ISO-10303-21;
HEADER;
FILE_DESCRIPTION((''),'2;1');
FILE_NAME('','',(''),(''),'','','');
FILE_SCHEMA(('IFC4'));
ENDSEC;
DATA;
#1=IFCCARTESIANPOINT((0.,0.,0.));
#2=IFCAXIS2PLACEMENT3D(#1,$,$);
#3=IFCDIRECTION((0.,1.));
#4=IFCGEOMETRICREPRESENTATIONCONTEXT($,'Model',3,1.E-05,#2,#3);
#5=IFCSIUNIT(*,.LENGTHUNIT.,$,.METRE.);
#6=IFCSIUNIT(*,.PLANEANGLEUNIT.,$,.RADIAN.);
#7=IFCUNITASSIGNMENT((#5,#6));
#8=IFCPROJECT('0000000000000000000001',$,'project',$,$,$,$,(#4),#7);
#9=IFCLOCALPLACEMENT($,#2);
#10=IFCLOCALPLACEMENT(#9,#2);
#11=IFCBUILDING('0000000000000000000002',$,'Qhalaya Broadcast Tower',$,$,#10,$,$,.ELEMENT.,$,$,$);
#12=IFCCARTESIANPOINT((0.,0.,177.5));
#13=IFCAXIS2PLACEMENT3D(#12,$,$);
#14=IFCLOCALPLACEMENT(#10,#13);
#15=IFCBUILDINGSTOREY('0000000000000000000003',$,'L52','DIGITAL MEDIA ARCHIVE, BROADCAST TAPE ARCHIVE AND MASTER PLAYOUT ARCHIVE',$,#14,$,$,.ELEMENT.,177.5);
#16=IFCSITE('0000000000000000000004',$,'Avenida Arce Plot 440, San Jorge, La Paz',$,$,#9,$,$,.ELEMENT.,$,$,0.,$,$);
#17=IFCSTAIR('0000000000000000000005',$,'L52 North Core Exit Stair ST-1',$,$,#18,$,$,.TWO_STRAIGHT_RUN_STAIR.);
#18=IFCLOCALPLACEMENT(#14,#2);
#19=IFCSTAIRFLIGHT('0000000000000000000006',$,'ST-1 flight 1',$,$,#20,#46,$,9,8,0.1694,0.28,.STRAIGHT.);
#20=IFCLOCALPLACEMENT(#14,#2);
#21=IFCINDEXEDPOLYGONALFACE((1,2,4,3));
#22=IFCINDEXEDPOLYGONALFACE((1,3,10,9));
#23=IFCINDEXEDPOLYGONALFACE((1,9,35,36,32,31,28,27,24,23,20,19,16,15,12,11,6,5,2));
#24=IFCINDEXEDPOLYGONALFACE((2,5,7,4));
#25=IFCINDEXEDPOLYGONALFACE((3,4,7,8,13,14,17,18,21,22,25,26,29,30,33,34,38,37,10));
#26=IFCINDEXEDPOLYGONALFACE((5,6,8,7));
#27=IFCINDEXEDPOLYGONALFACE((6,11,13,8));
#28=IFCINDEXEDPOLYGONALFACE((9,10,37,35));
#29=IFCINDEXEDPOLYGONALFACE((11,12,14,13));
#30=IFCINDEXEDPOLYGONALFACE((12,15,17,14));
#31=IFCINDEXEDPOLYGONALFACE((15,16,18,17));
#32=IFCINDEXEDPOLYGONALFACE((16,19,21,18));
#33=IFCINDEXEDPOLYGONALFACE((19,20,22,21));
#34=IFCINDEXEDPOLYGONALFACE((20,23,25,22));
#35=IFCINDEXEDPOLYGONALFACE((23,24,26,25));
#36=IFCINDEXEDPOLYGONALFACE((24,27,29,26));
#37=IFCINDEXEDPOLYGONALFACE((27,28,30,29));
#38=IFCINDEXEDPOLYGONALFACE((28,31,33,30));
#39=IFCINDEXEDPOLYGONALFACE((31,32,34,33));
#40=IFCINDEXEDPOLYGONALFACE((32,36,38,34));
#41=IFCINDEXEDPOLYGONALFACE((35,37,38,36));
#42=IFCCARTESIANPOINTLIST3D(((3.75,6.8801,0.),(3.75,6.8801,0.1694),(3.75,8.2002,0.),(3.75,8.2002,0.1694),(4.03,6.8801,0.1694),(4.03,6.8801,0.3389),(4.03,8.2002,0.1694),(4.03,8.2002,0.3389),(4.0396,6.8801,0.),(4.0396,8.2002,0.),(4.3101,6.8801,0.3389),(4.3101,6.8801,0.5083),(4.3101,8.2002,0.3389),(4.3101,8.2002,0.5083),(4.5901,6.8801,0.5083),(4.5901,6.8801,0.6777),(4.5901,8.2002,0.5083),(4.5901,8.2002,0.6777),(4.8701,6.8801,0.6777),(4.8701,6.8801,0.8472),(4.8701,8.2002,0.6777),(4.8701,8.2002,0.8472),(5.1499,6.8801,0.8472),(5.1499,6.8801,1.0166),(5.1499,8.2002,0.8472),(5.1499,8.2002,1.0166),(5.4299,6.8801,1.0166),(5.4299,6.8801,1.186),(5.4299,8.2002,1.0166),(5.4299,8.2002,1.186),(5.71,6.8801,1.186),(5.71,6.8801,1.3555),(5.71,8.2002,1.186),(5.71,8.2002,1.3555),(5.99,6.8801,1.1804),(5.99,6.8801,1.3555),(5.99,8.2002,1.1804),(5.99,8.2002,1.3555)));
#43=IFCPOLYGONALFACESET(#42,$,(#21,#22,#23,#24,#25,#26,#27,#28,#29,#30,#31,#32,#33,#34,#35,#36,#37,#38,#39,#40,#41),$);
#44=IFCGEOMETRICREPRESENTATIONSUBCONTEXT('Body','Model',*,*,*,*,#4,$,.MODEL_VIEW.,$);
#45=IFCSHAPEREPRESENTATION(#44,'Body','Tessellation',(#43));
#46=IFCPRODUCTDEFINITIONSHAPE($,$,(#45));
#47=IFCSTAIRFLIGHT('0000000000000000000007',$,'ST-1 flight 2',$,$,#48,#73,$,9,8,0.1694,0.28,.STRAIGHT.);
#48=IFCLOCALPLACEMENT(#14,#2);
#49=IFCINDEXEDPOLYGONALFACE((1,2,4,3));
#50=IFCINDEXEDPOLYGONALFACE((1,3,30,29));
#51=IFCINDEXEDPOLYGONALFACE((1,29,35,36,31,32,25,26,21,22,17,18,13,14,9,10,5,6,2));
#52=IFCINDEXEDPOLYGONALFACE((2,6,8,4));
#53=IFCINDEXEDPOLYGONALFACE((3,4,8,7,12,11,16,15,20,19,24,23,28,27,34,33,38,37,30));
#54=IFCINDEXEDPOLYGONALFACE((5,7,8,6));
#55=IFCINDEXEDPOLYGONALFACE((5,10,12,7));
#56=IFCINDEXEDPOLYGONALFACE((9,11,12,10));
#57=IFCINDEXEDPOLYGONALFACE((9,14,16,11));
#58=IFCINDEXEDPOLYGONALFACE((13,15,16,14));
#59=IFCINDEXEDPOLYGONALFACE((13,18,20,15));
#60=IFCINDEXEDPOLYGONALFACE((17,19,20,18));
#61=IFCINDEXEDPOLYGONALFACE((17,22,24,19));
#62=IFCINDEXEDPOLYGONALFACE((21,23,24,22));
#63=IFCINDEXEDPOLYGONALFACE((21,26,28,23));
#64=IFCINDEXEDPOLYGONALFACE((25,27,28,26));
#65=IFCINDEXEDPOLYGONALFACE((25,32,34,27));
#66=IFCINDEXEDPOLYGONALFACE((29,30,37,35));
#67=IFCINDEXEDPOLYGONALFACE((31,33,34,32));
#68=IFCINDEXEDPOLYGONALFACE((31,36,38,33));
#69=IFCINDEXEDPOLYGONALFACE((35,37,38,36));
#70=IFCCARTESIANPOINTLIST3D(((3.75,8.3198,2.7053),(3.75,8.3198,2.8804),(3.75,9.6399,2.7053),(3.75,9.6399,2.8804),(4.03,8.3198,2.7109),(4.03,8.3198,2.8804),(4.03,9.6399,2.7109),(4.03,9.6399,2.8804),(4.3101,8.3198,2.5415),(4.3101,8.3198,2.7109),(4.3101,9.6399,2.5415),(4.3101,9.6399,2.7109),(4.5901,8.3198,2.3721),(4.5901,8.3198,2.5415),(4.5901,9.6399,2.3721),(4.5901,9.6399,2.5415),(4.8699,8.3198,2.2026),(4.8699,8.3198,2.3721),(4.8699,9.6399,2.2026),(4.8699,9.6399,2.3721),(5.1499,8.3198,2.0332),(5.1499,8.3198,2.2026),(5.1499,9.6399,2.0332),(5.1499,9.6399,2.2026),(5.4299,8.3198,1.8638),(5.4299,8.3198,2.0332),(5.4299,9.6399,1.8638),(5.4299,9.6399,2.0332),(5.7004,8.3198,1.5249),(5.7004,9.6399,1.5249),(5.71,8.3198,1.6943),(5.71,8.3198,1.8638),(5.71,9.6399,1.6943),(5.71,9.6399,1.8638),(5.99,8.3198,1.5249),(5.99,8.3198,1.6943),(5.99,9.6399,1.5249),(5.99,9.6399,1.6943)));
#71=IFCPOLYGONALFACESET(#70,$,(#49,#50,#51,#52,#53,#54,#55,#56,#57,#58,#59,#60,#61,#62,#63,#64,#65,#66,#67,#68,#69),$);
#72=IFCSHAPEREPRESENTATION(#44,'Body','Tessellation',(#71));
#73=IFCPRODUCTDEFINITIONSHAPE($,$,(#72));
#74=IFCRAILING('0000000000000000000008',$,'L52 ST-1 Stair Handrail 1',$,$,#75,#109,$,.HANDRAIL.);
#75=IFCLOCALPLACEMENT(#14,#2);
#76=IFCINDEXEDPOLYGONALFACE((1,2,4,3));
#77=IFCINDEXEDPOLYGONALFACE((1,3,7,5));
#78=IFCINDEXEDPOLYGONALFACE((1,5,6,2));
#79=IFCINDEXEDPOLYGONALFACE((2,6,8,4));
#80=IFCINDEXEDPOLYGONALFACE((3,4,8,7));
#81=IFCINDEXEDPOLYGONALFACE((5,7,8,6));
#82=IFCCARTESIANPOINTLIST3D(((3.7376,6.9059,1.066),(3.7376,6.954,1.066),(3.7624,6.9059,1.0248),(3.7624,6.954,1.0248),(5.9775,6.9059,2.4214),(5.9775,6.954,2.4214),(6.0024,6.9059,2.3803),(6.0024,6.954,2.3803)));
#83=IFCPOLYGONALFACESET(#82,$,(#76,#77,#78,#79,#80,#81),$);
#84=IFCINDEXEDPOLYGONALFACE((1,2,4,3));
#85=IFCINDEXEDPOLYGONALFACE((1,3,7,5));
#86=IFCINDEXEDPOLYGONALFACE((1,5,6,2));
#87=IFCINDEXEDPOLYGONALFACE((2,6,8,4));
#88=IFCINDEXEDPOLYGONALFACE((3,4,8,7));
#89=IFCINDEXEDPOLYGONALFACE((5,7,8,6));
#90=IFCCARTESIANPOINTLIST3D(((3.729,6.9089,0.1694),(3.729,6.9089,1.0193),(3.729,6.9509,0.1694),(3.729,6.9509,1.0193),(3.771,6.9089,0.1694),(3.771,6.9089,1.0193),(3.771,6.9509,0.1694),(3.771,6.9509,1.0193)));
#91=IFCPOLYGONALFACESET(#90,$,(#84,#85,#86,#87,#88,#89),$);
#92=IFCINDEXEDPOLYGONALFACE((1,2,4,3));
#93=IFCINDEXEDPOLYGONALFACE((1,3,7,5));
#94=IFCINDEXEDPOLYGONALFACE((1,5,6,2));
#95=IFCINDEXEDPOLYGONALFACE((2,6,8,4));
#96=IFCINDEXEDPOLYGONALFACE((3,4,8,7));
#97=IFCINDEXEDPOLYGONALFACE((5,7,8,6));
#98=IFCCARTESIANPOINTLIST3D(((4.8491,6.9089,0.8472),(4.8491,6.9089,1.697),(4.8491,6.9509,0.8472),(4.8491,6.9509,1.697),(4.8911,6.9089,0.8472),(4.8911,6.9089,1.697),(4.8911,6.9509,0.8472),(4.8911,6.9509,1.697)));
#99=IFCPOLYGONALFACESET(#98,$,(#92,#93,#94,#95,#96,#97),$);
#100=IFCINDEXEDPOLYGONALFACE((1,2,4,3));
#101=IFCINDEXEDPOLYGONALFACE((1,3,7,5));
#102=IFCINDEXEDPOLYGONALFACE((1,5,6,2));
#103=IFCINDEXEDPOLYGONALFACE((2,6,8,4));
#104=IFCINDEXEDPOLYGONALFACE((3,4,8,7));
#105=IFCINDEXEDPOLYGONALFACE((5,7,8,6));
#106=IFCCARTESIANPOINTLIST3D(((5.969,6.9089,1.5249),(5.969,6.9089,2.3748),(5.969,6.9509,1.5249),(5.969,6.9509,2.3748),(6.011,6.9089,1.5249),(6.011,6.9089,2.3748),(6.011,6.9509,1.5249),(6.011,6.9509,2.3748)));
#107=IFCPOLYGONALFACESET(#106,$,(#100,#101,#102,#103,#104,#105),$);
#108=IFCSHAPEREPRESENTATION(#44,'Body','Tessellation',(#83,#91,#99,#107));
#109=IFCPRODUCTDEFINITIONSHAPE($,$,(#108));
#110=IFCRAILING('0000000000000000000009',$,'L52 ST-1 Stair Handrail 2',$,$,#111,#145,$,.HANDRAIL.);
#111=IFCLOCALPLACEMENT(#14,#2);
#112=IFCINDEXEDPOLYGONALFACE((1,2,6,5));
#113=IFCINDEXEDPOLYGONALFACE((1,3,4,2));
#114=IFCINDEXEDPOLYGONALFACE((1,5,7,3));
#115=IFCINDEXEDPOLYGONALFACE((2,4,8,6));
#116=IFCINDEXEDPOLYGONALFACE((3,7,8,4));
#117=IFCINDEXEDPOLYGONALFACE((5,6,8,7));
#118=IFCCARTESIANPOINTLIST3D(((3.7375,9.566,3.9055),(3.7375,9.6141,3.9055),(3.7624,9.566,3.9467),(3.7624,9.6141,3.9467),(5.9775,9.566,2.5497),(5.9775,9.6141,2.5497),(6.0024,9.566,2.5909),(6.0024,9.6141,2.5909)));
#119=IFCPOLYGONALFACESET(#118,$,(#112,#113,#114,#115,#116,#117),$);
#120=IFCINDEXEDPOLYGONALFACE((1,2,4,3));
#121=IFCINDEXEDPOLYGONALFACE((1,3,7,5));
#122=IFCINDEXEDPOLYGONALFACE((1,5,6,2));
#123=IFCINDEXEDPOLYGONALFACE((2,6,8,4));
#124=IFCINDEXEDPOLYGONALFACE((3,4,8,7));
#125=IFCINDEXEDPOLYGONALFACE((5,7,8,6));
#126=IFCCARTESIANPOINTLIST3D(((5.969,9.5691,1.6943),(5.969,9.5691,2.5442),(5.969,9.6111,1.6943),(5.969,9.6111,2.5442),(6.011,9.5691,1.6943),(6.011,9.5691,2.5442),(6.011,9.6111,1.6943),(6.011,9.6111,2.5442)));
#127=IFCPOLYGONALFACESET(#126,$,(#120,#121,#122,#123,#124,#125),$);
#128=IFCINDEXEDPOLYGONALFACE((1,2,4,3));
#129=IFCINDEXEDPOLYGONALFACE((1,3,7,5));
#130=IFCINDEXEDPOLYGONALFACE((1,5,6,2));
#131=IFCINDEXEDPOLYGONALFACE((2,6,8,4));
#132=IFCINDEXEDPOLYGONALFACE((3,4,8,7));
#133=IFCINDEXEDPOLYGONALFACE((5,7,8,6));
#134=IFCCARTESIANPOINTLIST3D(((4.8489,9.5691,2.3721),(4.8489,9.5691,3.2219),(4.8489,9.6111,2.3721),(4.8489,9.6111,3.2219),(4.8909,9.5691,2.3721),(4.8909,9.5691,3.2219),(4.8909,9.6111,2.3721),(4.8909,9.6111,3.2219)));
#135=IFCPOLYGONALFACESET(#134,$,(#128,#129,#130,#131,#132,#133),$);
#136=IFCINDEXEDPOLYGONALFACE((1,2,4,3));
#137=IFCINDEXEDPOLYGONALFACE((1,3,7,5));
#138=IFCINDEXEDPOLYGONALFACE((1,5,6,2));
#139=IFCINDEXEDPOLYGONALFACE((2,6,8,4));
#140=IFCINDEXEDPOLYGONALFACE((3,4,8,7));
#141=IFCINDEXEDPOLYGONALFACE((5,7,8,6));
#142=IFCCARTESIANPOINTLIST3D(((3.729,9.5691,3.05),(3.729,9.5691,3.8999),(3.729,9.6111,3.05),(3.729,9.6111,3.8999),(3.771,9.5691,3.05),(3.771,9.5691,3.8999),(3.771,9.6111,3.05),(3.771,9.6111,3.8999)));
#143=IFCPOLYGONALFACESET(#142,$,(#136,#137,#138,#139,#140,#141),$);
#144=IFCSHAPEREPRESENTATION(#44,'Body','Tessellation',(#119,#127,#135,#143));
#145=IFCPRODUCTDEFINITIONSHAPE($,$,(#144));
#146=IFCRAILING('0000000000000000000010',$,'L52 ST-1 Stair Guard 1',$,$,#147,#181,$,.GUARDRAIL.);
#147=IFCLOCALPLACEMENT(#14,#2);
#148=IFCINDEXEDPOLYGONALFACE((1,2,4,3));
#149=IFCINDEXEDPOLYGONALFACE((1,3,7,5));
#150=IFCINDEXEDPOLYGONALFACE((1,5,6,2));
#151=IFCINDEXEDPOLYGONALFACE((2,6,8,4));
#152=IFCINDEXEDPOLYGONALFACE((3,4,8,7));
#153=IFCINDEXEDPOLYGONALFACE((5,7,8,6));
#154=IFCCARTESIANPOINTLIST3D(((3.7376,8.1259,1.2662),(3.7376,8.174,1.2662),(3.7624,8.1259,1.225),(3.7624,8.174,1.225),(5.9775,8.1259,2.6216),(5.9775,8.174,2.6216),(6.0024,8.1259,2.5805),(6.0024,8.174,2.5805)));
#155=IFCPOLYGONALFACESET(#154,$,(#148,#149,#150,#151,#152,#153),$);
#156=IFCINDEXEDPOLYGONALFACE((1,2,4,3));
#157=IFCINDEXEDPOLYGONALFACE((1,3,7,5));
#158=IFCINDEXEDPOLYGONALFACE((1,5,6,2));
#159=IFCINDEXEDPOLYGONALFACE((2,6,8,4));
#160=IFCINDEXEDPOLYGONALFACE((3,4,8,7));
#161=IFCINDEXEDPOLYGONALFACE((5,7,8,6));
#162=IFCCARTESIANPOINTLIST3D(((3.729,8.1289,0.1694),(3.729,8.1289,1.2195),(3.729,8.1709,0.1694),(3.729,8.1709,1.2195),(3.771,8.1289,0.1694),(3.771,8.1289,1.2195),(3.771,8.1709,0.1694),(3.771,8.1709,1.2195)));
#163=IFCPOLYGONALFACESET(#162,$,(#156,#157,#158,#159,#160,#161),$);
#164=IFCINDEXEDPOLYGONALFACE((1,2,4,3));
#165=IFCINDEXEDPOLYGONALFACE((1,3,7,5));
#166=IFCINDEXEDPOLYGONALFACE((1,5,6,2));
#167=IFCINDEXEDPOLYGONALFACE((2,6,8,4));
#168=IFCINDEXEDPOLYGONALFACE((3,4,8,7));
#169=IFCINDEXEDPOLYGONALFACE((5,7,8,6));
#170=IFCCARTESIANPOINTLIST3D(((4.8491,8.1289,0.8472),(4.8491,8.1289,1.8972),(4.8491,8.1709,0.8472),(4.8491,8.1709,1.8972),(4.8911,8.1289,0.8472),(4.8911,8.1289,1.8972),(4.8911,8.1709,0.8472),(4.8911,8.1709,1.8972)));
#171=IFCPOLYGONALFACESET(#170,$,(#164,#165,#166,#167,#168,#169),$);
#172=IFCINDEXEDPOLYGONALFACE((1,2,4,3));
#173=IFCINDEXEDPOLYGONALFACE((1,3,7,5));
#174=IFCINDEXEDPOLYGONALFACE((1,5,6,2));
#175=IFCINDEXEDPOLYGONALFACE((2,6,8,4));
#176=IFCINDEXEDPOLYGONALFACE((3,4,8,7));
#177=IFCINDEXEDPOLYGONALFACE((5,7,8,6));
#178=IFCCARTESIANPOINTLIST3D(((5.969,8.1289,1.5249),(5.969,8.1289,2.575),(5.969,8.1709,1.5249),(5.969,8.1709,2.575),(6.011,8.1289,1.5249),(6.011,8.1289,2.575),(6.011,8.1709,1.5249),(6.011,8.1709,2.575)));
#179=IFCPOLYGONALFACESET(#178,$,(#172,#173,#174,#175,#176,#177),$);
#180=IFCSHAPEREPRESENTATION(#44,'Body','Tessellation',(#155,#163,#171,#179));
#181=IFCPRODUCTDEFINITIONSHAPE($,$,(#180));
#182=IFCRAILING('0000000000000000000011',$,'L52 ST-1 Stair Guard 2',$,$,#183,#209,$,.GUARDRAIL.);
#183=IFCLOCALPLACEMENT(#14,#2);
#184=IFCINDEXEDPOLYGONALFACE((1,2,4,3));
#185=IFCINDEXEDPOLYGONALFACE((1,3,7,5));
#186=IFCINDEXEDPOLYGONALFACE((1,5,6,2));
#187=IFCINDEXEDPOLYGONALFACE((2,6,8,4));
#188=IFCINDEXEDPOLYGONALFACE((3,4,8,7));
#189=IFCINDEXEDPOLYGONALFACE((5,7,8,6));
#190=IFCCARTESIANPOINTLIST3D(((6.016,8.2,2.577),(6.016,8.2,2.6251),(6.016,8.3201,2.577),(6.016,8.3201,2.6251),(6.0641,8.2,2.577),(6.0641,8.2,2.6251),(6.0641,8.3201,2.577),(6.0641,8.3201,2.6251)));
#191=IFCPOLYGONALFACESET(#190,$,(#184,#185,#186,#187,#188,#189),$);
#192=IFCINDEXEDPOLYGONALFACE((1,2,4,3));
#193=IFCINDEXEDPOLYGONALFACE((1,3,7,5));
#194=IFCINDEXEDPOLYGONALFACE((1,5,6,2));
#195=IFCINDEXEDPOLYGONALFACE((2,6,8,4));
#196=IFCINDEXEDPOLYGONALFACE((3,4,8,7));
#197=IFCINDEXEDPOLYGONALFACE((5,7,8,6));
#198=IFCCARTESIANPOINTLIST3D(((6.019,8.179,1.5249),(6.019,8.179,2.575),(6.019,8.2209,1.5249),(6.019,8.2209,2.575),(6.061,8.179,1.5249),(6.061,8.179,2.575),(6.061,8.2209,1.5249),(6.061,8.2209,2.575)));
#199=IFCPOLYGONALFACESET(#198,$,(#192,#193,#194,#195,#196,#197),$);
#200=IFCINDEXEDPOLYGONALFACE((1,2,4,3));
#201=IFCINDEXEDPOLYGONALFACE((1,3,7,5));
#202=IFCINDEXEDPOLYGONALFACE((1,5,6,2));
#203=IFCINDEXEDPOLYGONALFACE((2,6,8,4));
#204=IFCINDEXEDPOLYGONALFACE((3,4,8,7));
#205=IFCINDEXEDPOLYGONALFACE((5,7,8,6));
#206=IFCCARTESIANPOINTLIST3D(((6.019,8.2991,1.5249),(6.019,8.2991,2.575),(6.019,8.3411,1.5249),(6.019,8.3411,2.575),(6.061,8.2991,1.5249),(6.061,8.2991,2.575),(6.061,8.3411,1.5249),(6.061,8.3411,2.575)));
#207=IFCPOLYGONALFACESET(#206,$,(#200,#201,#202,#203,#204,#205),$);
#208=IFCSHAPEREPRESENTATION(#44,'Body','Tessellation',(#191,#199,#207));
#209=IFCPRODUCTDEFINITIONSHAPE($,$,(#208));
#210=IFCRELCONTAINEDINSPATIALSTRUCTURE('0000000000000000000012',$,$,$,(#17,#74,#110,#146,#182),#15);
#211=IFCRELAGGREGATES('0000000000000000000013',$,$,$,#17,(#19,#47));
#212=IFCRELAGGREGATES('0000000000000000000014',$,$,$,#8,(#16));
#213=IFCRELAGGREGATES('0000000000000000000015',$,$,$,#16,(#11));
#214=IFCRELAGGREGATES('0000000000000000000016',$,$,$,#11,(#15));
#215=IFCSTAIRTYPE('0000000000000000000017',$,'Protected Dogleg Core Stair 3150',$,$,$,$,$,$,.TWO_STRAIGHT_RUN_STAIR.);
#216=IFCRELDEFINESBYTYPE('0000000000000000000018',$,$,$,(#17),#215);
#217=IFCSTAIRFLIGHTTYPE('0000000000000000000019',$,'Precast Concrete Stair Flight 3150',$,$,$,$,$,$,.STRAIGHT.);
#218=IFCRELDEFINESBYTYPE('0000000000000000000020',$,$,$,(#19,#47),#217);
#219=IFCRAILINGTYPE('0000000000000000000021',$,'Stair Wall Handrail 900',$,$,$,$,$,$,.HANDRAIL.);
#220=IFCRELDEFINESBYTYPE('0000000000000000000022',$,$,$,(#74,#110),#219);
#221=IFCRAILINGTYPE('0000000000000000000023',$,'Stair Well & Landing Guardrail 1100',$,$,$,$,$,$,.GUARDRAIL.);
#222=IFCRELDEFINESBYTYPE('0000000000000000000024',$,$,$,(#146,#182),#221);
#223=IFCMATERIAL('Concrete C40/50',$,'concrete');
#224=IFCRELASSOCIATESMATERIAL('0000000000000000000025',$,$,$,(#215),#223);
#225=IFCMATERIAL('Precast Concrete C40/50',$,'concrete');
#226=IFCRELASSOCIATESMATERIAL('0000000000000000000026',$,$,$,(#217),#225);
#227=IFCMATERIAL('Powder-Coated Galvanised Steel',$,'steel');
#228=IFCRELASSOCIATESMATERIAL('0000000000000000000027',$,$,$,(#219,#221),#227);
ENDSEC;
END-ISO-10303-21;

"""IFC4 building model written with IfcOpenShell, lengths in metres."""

from ifc_helpers import new_model, si_unit, direction, frame, origin, origin_2d, place, context, subcontext, project, spatial, polyline, rectangle, outline, extrude, material, type_object, element, aggregate, save


model = new_model("IFC4")

# Units and contexts
model_context = context("Model", 3, precision=1e-05, world=origin(), true_north=direction((0.0, 1.0)))
body_context = subcontext(model_context, "Body", "Model", "MODEL_VIEW")
ifc_project = project(units=[si_unit("LENGTHUNIT", "METRE"), si_unit("PLANEANGLEUNIT", "RADIAN")], contexts=[model_context])

# Site, building, storey
site_placement = place(None, origin())
site = spatial("IfcSite", under=ifc_project, at=site_placement, Name="Avenida Arce Plot 440, San Jorge, La Paz", CompositionType="ELEMENT", RefElevation=0.0)
building_placement = place(site_placement, origin())
building = spatial("IfcBuilding", under=site, at=building_placement, Name="Qhalaya Broadcast Tower", CompositionType="ELEMENT")
storey_placement = place(building_placement, frame((0.0, 0.0, 177.5)))
storey = spatial("IfcBuildingStorey", under=building, at=storey_placement, Name="L52", Description="DIGITAL MEDIA ARCHIVE, BROADCAST TAPE ARCHIVE AND MASTER PLAYOUT ARCHIVE", CompositionType="ELEMENT", Elevation=177.5)

# Stair, stair flights
ifc_material_1 = material(Name="Concrete C40/50", Category="concrete")
stair_type = type_object("IfcStairType", Name="Protected Dogleg Core Stair 3150", PredefinedType="TWO_STRAIGHT_RUN_STAIR", material=ifc_material_1)
stair_placement = place(storey_placement, origin())
stair = element("IfcStair", 1, at=stair_placement, inside=storey, type_object=stair_type, Name="L52 North Core Exit Stair ST-1", PredefinedType="TWO_STRAIGHT_RUN_STAIR")
ifc_material_2 = material(Name="Precast Concrete C40/50", Category="concrete")
stair_flight_type = type_object("IfcStairFlightType", Name="Precast Concrete Stair Flight 3150", PredefinedType="STRAIGHT", material=ifc_material_2)
stair_flight_1_placement = place(storey_placement, frame((3.75, 7.54, 0.0), z_axis=(0.0, 0.0, 1.0), x_axis=(1.0, 0.0, 0.0)))
stair_flight_1 = element("IfcStairFlight", 2, at=stair_flight_1_placement, type_object=stair_flight_type, Name="ST-1 flight 1", NumberOfRisers=9, NumberOfTreads=8, PredefinedType="STRAIGHT", RiserHeight=0.1694, TreadLength=0.28, context=body_context, shape_type="SweptSolid", body=[
    extrude(outline(polyline([(0.0, 0.0), (0.0, 0.1694), (0.28, 0.1694), (0.28, 0.3389), (0.5601, 0.3389), (0.5601, 0.5083), (0.8401, 0.5083), (0.8401, 0.6777), (1.1201, 0.6777), (1.1201, 0.8472), (1.3999, 0.8472), (1.3999, 1.0166), (1.6799, 1.0166), (1.6799, 1.186), (1.96, 1.186), (1.96, 1.3555), (2.24, 1.3555), (2.24, 1.5249), (2.24, 1.1804), (0.2896, 0.0), (0.0, 0.0)])), frame((0.0, 0.6602, 0.0), z_axis=(0.0, -1.0, 0.0), x_axis=(1.0, 0.0, 0.0)), (0.0, 0.0, 1.0), 1.3201),
])
stair_flight_2_placement = place(storey_placement, frame((5.99, 8.98, 1.5249), z_axis=(0.0, 0.0, 1.0), x_axis=(-1.0, 0.0, 0.0)))
stair_flight_2 = element("IfcStairFlight", 3, at=stair_flight_2_placement, type_object=stair_flight_type, Name="ST-1 flight 2", NumberOfRisers=9, NumberOfTreads=8, PredefinedType="STRAIGHT", RiserHeight=0.1694, TreadLength=0.28, context=body_context, shape_type="SweptSolid", body=[
    extrude(outline(polyline([(0.0, 0.0), (0.0, 0.1694), (0.28, 0.1694), (0.28, 0.3389), (0.5601, 0.3389), (0.5601, 0.5083), (0.8401, 0.5083), (0.8401, 0.6777), (1.1201, 0.6777), (1.1201, 0.8472), (1.3999, 0.8472), (1.3999, 1.0166), (1.6799, 1.0166), (1.6799, 1.186), (1.96, 1.186), (1.96, 1.3555), (2.24, 1.3555), (2.24, 1.5249), (2.24, 1.1804), (0.2896, 0.0), (0.0, 0.0)])), frame((0.0, 0.6602, 0.0), z_axis=(0.0, -1.0, 0.0), x_axis=(1.0, 0.0, 0.0)), (0.0, 0.0, 1.0), 1.3201),
])
aggregate(stair, [stair_flight_1, stair_flight_2])

# Railings
ifc_material_3 = material(Name="Powder-Coated Galvanised Steel", Category="steel")
railing_type_1 = type_object("IfcRailingType", Name="Stair Wall Handrail 900", PredefinedType="HANDRAIL", material=ifc_material_3)
railing_1_placement = place(storey_placement, frame((3.75, 6.9299, 0.1694)))
element("IfcRailing", 4, at=railing_1_placement, inside=storey, type_object=railing_type_1, Name="L52 ST-1 Stair Handrail 1", PredefinedType="HANDRAIL", context=body_context, shape_type="SweptSolid", body=[
    extrude(rectangle(XDim=0.0481, YDim=0.0481, at=origin_2d()), frame((0.0, 0.0, 0.876), z_axis=(0.855553, 0.0, 0.517715), x_axis=(0.0, 1.0, 0.0)), (0.0, 0.0, 1.0), 2.6182),
    extrude(rectangle(XDim=0.042, YDim=0.042, at=origin_2d()), origin(), (0.0, 0.0, 1.0), 0.8499),
    extrude(rectangle(XDim=0.042, YDim=0.042, at=origin_2d()), frame((1.1201, 0.0, 0.6777)), (0.0, 0.0, 1.0), 0.8499),
    extrude(rectangle(XDim=0.042, YDim=0.042, at=origin_2d()), frame((2.24, 0.0, 1.3555)), (0.0, 0.0, 1.0), 0.8499),
])
railing_2_placement = place(storey_placement, frame((5.99, 9.5901, 1.6943)))
element("IfcRailing", 5, at=railing_2_placement, inside=storey, type_object=railing_type_1, Name="L52 ST-1 Stair Handrail 2", PredefinedType="HANDRAIL", context=body_context, shape_type="SweptSolid", body=[
    extrude(rectangle(XDim=0.0481, YDim=0.0481, at=origin_2d()), frame((0.0, 0.0, 0.876), z_axis=(-0.855512, 0.0, 0.517783), x_axis=(0.0, -1.0, 0.0)), (0.0, 0.0, 1.0), 2.6184),
    extrude(rectangle(XDim=0.042, YDim=0.042, at=origin_2d()), origin(), (0.0, 0.0, 1.0), 0.8499),
    extrude(rectangle(XDim=0.042, YDim=0.042, at=origin_2d()), frame((-1.1201, 0.0, 0.6777)), (0.0, 0.0, 1.0), 0.8499),
    extrude(rectangle(XDim=0.042, YDim=0.042, at=origin_2d()), frame((-2.24, 0.0, 1.3557)), (0.0, 0.0, 1.0), 0.8499),
])
railing_type_2 = type_object("IfcRailingType", Name="Stair Well & Landing Guardrail 1100", PredefinedType="GUARDRAIL", material=ifc_material_3)
railing_3_placement = place(storey_placement, frame((3.75, 8.1499, 0.1694)))
element("IfcRailing", 6, at=railing_3_placement, inside=storey, type_object=railing_type_2, Name="L52 ST-1 Stair Guard 1", PredefinedType="GUARDRAIL", context=body_context, shape_type="SweptSolid", body=[
    extrude(rectangle(XDim=0.0481, YDim=0.0481, at=origin_2d()), frame((0.0, 0.0, 1.0762), z_axis=(0.855553, 0.0, 0.517715), x_axis=(0.0, 1.0, 0.0)), (0.0, 0.0, 1.0), 2.6182),
    extrude(rectangle(XDim=0.042, YDim=0.042, at=origin_2d()), origin(), (0.0, 0.0, 1.0), 1.05),
    extrude(rectangle(XDim=0.042, YDim=0.042, at=origin_2d()), frame((1.1201, 0.0, 0.6777)), (0.0, 0.0, 1.0), 1.05),
    extrude(rectangle(XDim=0.042, YDim=0.042, at=origin_2d()), frame((2.24, 0.0, 1.3555)), (0.0, 0.0, 1.0), 1.05),
])
railing_4_placement = place(storey_placement, frame((6.04, 8.2, 1.5249)))
element("IfcRailing", 7, at=railing_4_placement, inside=storey, type_object=railing_type_2, Name="L52 ST-1 Stair Guard 2", PredefinedType="GUARDRAIL", context=body_context, shape_type="SweptSolid", body=[
    extrude(rectangle(XDim=0.0481, YDim=0.0481, at=origin_2d()), frame((0.0, 0.0, 1.0762), z_axis=(0.0, 1.0, 0.0), x_axis=(-1.0, 0.0, 0.0)), (0.0, 0.0, 1.0), 0.1201),
    extrude(rectangle(XDim=0.042, YDim=0.042, at=origin_2d()), origin(), (0.0, 0.0, 1.0), 1.05),
    extrude(rectangle(XDim=0.042, YDim=0.042, at=origin_2d()), frame((0.0, 0.1201, 0.0)), (0.0, 0.0, 1.0), 1.05),
])

save(model, "model.ifc")
